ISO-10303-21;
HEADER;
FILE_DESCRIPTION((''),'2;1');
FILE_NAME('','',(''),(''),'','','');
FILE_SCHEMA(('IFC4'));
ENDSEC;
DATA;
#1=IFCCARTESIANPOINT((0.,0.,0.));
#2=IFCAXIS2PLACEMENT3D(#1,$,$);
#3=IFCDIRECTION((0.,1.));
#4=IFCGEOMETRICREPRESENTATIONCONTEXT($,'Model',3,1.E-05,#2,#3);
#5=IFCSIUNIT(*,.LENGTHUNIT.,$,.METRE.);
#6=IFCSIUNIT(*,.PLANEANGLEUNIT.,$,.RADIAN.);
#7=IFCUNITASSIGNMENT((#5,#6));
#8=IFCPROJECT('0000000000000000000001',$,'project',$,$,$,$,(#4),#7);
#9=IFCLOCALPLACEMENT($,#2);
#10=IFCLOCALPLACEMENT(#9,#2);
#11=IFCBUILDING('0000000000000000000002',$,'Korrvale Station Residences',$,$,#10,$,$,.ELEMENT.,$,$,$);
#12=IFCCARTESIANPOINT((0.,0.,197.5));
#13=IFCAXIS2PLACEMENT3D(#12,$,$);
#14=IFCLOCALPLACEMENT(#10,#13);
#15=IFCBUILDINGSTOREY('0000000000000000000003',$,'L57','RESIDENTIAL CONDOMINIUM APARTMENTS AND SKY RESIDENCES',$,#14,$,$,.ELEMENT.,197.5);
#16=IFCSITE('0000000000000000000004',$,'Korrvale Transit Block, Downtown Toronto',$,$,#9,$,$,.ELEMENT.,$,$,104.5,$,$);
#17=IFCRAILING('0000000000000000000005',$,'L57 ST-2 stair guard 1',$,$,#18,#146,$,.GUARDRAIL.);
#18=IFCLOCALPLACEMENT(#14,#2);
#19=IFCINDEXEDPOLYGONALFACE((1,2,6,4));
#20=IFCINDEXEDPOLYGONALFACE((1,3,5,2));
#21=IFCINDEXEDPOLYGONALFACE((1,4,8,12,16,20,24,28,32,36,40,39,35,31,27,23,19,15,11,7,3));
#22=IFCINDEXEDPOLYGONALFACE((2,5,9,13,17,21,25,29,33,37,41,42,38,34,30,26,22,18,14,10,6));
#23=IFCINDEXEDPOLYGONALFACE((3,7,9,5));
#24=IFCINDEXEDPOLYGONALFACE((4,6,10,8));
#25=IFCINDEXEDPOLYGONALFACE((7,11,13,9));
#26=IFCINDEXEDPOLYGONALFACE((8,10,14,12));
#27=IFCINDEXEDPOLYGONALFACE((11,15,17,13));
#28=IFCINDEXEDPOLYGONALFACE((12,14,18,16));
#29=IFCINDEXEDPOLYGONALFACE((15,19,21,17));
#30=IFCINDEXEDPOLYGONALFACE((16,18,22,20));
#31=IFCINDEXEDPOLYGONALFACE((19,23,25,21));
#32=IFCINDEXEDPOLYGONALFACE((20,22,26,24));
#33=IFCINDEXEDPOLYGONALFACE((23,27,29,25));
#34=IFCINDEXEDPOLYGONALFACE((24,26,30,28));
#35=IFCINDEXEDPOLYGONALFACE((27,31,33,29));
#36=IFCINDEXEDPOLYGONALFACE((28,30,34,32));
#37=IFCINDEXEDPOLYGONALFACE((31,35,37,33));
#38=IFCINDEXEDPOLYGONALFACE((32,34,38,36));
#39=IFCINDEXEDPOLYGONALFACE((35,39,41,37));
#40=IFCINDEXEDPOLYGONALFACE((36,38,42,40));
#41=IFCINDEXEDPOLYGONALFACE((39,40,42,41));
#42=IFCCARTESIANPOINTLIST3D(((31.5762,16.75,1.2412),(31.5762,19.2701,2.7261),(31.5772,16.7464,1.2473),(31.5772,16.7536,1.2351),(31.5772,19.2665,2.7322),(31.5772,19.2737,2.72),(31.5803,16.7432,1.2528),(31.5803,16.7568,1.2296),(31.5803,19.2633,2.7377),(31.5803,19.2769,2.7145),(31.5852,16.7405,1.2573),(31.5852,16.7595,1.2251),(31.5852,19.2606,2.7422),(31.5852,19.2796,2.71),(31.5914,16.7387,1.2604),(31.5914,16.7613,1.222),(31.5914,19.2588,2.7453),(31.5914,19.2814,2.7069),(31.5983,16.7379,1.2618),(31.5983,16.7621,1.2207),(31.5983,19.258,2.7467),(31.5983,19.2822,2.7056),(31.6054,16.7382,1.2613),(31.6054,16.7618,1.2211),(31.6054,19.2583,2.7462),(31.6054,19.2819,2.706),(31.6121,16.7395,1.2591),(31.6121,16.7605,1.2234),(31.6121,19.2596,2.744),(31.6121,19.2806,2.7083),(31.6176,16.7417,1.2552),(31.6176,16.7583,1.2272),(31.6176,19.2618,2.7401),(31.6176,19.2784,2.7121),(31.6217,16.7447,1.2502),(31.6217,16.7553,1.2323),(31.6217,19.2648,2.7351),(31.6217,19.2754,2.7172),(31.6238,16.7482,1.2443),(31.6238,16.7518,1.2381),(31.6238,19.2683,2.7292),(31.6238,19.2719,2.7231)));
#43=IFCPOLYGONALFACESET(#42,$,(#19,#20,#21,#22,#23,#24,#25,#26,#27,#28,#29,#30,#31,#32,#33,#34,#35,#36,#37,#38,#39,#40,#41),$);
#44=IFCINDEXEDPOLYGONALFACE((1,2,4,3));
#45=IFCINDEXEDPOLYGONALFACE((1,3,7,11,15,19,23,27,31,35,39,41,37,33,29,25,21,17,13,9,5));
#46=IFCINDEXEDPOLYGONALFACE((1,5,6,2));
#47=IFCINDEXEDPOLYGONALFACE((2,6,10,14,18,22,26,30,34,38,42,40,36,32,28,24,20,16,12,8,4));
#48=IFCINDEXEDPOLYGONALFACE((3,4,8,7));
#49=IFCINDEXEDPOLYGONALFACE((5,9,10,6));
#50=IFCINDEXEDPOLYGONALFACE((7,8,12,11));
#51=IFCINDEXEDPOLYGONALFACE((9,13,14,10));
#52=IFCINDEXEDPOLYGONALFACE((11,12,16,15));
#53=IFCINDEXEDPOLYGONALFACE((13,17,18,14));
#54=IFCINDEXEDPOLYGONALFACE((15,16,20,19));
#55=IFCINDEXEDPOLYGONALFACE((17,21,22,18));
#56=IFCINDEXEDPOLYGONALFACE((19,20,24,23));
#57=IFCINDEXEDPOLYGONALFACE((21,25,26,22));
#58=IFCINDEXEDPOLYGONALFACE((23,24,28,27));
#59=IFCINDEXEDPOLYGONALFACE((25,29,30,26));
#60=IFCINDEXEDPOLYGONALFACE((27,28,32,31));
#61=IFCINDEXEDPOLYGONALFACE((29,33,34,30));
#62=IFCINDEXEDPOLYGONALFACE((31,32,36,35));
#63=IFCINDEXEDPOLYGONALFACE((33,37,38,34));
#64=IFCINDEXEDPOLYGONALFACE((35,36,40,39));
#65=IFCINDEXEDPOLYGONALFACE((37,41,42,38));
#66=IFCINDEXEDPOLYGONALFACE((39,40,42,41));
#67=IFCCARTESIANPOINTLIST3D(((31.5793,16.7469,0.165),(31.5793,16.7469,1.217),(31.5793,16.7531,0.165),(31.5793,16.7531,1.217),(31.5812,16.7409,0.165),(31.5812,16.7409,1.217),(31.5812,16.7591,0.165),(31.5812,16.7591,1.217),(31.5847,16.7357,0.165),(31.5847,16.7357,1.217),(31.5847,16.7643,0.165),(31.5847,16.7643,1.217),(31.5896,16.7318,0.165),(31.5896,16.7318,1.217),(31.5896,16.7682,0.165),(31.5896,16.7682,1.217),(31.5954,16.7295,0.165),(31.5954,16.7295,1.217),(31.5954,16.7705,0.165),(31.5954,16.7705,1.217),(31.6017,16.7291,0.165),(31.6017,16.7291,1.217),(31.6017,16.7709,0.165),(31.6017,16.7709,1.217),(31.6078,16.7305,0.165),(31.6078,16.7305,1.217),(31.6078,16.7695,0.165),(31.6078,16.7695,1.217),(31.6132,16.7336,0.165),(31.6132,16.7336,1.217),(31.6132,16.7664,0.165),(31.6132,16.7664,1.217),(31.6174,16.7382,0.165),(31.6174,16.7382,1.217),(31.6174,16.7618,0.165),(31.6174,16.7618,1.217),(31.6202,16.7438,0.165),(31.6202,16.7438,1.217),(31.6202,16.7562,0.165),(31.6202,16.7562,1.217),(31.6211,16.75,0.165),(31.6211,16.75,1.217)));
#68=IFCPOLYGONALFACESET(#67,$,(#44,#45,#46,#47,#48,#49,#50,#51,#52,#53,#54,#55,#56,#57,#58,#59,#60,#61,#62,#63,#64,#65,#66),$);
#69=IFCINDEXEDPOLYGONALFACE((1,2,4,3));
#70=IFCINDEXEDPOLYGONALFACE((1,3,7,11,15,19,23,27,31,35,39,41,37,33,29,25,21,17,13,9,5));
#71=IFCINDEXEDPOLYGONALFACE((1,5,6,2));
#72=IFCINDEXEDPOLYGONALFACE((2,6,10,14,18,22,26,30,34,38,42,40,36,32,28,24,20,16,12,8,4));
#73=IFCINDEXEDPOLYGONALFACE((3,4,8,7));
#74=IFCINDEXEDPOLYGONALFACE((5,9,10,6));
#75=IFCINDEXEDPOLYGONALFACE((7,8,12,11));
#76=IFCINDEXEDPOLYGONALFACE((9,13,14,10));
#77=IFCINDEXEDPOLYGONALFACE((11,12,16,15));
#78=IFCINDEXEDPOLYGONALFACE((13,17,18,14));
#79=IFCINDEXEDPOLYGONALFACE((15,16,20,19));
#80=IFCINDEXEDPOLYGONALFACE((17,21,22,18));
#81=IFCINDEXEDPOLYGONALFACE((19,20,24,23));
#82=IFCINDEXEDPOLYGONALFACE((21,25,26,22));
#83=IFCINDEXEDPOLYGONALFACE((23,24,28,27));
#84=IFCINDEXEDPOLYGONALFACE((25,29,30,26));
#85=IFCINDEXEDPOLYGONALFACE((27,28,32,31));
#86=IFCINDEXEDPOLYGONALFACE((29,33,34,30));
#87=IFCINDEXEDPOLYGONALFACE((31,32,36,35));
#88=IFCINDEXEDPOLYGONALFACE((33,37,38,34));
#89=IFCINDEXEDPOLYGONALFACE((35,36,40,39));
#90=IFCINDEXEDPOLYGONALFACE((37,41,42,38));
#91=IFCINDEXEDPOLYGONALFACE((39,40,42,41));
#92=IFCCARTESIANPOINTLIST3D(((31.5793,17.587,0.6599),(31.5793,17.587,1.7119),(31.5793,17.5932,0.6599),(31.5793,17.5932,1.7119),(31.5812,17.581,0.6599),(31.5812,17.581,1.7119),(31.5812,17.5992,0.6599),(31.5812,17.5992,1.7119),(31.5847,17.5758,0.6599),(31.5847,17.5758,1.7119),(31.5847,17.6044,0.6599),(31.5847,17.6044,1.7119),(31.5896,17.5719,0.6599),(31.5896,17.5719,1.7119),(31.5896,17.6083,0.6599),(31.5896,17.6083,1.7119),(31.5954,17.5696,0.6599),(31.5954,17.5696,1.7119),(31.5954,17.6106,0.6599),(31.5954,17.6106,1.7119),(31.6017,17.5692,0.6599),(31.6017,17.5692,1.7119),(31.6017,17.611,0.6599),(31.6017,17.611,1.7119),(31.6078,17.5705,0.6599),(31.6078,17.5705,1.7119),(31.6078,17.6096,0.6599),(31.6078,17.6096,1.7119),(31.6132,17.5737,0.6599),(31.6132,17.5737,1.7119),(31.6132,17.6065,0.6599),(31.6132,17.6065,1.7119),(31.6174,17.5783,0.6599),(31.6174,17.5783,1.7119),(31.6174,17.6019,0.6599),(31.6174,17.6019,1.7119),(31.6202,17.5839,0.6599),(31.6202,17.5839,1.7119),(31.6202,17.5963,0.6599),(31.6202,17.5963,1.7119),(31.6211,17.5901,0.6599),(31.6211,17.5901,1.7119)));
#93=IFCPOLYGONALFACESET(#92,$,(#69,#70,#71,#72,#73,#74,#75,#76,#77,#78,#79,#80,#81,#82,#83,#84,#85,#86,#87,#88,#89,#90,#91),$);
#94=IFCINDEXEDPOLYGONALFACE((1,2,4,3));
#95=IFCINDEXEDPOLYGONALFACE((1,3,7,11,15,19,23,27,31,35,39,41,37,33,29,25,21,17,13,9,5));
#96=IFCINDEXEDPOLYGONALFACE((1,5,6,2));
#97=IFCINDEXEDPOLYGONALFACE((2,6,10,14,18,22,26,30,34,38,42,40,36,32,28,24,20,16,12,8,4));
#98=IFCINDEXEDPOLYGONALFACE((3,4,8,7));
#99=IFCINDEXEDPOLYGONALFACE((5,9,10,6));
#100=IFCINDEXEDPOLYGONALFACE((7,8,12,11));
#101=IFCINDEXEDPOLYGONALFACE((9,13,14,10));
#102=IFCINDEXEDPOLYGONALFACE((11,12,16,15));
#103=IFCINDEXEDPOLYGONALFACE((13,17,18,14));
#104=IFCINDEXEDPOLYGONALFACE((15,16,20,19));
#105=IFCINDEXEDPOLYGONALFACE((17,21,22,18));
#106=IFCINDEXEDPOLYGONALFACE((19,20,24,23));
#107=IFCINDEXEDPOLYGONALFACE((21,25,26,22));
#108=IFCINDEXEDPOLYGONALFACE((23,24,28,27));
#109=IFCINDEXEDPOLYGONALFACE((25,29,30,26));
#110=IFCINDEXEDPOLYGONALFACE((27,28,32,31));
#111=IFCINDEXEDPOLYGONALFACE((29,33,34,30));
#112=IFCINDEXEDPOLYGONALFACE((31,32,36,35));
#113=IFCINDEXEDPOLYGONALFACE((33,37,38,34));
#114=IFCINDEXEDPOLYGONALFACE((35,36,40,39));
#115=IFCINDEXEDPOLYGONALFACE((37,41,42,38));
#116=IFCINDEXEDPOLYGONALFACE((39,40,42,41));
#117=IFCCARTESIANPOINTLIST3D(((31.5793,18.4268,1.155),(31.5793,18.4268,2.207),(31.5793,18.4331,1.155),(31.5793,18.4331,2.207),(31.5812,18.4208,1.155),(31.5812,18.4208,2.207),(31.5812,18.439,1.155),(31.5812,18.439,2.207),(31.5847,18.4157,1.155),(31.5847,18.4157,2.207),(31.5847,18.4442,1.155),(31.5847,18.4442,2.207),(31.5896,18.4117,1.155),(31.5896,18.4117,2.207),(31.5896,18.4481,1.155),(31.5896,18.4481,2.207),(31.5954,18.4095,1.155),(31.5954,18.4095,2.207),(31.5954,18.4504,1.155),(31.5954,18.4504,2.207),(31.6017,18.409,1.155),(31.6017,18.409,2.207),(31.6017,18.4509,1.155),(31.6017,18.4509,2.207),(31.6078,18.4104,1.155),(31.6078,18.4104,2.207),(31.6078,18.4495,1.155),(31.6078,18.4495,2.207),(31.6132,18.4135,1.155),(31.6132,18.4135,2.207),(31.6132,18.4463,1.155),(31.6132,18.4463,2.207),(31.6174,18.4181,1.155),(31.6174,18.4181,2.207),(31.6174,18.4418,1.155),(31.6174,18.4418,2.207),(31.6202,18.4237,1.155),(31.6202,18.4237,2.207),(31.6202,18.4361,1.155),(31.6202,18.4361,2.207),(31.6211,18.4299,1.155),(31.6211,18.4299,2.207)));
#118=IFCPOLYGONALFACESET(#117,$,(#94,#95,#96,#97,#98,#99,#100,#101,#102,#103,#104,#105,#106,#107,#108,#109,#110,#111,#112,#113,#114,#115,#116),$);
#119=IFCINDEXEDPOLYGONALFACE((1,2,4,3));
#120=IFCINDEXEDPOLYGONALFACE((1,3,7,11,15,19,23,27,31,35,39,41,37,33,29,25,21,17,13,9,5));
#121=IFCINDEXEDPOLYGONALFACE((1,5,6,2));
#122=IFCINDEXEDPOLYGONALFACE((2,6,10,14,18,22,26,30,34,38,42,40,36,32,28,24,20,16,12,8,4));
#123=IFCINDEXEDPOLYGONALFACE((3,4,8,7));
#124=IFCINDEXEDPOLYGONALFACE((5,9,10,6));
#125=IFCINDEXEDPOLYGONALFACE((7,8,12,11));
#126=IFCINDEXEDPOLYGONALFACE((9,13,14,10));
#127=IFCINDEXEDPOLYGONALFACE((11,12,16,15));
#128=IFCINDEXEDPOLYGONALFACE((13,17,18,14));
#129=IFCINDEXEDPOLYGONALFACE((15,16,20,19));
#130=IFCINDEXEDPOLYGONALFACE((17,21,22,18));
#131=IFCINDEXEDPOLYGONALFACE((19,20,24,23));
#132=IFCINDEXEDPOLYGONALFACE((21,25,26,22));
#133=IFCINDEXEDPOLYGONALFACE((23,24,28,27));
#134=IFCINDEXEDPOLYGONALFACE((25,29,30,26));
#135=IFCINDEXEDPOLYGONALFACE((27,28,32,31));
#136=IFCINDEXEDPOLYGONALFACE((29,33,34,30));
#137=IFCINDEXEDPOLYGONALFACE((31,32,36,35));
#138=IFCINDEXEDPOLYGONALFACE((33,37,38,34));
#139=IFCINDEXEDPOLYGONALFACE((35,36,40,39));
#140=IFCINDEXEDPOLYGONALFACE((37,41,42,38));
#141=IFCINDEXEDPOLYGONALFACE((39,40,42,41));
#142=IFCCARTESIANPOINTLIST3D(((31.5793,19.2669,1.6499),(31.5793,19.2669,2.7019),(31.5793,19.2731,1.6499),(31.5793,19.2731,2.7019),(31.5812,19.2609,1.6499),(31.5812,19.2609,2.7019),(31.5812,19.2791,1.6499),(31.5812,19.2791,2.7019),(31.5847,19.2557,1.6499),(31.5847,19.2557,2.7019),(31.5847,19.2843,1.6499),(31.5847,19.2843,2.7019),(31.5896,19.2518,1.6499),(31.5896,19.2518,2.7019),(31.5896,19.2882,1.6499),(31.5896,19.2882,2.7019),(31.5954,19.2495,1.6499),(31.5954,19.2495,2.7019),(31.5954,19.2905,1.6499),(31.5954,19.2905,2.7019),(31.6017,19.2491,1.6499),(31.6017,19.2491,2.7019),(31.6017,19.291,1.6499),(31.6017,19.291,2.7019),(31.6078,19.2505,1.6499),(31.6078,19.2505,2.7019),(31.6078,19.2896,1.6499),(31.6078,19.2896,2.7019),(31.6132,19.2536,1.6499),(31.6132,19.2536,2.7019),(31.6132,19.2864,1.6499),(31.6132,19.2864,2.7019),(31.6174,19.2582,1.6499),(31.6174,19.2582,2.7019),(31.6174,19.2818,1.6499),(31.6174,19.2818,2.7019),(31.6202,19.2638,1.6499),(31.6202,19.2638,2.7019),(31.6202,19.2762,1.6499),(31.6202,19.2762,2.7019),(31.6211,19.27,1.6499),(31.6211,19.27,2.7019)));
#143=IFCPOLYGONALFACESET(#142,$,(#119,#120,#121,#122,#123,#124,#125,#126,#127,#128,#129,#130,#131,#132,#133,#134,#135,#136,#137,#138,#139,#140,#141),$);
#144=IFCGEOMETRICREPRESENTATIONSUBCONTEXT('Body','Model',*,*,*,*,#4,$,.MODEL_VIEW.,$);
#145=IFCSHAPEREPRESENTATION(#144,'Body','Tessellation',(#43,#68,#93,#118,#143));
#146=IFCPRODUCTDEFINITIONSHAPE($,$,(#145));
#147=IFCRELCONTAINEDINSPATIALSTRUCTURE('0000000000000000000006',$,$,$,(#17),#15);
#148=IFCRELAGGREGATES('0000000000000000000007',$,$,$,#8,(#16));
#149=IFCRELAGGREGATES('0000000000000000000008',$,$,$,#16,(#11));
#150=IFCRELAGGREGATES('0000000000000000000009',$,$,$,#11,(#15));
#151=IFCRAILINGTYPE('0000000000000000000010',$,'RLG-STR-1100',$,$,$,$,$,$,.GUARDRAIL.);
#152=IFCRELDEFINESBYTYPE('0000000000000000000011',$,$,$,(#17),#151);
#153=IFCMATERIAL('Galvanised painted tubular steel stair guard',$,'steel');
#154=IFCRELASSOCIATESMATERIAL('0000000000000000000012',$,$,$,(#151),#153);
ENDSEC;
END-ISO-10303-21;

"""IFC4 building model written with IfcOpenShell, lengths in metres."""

from ifc_helpers import new_model, si_unit, direction, frame, origin, origin_2d, place, context, subcontext, project, spatial, circle, extrude, material, type_object, element, save


model = new_model("IFC4")

# Units and contexts
model_context = context("Model", 3, precision=1e-05, world=origin(), true_north=direction((0.0, 1.0)))
body_context = subcontext(model_context, "Body", "Model", "MODEL_VIEW")
ifc_project = project(units=[si_unit("LENGTHUNIT", "METRE"), si_unit("PLANEANGLEUNIT", "RADIAN")], contexts=[model_context])

# Site, building, storey
site_placement = place(None, origin())
site = spatial("IfcSite", under=ifc_project, at=site_placement, Name="Korrvale Transit Block, Downtown Toronto", CompositionType="ELEMENT", RefElevation=104.5)
building_placement = place(site_placement, origin())
building = spatial("IfcBuilding", under=site, at=building_placement, Name="Korrvale Station Residences", CompositionType="ELEMENT")
storey_placement = place(building_placement, frame((0.0, 0.0, 197.5)))
storey = spatial("IfcBuildingStorey", under=building, at=storey_placement, Name="L57", Description="RESIDENTIAL CONDOMINIUM APARTMENTS AND SKY RESIDENCES", CompositionType="ELEMENT", Elevation=197.5)

# Railing
ifc_material_1 = material(Name="Galvanised painted tubular steel stair guard", Category="steel")
railing_type_1 = type_object("IfcRailingType", Name="RLG-STR-1100", PredefinedType="GUARDRAIL", material=ifc_material_1)
railing_1_placement = place(storey_placement, frame((31.6001, 16.75, 0.165)))
element("IfcRailing", 1, at=railing_1_placement, inside=storey, type_object=railing_type_1, Name="L57 ST-2 stair guard 1", PredefinedType="GUARDRAIL", context=body_context, shape_type="SweptSolid", body=[
    extrude(circle(Radius=0.0239, at=origin_2d()), frame((0.0, 0.0, 1.0762), z_axis=(0.0, 0.861561, 0.507655), x_axis=(-1.0, 0.0, 0.0)), (0.0, 0.0, 1.0), 2.925),
    extrude(circle(Radius=0.021, at=origin_2d()), origin(), (0.0, 0.0, 1.0), 1.052),
    extrude(circle(Radius=0.021, at=origin_2d()), frame((0.0, 0.8401, 0.4949)), (0.0, 0.0, 1.0), 1.052),
    extrude(circle(Radius=0.021, at=origin_2d()), frame((0.0, 1.6799, 0.99)), (0.0, 0.0, 1.0), 1.052),
    extrude(circle(Radius=0.021, at=origin_2d()), frame((0.0, 2.52, 1.4849)), (0.0, 0.0, 1.0), 1.052),
])

save(model, "model.ifc")
